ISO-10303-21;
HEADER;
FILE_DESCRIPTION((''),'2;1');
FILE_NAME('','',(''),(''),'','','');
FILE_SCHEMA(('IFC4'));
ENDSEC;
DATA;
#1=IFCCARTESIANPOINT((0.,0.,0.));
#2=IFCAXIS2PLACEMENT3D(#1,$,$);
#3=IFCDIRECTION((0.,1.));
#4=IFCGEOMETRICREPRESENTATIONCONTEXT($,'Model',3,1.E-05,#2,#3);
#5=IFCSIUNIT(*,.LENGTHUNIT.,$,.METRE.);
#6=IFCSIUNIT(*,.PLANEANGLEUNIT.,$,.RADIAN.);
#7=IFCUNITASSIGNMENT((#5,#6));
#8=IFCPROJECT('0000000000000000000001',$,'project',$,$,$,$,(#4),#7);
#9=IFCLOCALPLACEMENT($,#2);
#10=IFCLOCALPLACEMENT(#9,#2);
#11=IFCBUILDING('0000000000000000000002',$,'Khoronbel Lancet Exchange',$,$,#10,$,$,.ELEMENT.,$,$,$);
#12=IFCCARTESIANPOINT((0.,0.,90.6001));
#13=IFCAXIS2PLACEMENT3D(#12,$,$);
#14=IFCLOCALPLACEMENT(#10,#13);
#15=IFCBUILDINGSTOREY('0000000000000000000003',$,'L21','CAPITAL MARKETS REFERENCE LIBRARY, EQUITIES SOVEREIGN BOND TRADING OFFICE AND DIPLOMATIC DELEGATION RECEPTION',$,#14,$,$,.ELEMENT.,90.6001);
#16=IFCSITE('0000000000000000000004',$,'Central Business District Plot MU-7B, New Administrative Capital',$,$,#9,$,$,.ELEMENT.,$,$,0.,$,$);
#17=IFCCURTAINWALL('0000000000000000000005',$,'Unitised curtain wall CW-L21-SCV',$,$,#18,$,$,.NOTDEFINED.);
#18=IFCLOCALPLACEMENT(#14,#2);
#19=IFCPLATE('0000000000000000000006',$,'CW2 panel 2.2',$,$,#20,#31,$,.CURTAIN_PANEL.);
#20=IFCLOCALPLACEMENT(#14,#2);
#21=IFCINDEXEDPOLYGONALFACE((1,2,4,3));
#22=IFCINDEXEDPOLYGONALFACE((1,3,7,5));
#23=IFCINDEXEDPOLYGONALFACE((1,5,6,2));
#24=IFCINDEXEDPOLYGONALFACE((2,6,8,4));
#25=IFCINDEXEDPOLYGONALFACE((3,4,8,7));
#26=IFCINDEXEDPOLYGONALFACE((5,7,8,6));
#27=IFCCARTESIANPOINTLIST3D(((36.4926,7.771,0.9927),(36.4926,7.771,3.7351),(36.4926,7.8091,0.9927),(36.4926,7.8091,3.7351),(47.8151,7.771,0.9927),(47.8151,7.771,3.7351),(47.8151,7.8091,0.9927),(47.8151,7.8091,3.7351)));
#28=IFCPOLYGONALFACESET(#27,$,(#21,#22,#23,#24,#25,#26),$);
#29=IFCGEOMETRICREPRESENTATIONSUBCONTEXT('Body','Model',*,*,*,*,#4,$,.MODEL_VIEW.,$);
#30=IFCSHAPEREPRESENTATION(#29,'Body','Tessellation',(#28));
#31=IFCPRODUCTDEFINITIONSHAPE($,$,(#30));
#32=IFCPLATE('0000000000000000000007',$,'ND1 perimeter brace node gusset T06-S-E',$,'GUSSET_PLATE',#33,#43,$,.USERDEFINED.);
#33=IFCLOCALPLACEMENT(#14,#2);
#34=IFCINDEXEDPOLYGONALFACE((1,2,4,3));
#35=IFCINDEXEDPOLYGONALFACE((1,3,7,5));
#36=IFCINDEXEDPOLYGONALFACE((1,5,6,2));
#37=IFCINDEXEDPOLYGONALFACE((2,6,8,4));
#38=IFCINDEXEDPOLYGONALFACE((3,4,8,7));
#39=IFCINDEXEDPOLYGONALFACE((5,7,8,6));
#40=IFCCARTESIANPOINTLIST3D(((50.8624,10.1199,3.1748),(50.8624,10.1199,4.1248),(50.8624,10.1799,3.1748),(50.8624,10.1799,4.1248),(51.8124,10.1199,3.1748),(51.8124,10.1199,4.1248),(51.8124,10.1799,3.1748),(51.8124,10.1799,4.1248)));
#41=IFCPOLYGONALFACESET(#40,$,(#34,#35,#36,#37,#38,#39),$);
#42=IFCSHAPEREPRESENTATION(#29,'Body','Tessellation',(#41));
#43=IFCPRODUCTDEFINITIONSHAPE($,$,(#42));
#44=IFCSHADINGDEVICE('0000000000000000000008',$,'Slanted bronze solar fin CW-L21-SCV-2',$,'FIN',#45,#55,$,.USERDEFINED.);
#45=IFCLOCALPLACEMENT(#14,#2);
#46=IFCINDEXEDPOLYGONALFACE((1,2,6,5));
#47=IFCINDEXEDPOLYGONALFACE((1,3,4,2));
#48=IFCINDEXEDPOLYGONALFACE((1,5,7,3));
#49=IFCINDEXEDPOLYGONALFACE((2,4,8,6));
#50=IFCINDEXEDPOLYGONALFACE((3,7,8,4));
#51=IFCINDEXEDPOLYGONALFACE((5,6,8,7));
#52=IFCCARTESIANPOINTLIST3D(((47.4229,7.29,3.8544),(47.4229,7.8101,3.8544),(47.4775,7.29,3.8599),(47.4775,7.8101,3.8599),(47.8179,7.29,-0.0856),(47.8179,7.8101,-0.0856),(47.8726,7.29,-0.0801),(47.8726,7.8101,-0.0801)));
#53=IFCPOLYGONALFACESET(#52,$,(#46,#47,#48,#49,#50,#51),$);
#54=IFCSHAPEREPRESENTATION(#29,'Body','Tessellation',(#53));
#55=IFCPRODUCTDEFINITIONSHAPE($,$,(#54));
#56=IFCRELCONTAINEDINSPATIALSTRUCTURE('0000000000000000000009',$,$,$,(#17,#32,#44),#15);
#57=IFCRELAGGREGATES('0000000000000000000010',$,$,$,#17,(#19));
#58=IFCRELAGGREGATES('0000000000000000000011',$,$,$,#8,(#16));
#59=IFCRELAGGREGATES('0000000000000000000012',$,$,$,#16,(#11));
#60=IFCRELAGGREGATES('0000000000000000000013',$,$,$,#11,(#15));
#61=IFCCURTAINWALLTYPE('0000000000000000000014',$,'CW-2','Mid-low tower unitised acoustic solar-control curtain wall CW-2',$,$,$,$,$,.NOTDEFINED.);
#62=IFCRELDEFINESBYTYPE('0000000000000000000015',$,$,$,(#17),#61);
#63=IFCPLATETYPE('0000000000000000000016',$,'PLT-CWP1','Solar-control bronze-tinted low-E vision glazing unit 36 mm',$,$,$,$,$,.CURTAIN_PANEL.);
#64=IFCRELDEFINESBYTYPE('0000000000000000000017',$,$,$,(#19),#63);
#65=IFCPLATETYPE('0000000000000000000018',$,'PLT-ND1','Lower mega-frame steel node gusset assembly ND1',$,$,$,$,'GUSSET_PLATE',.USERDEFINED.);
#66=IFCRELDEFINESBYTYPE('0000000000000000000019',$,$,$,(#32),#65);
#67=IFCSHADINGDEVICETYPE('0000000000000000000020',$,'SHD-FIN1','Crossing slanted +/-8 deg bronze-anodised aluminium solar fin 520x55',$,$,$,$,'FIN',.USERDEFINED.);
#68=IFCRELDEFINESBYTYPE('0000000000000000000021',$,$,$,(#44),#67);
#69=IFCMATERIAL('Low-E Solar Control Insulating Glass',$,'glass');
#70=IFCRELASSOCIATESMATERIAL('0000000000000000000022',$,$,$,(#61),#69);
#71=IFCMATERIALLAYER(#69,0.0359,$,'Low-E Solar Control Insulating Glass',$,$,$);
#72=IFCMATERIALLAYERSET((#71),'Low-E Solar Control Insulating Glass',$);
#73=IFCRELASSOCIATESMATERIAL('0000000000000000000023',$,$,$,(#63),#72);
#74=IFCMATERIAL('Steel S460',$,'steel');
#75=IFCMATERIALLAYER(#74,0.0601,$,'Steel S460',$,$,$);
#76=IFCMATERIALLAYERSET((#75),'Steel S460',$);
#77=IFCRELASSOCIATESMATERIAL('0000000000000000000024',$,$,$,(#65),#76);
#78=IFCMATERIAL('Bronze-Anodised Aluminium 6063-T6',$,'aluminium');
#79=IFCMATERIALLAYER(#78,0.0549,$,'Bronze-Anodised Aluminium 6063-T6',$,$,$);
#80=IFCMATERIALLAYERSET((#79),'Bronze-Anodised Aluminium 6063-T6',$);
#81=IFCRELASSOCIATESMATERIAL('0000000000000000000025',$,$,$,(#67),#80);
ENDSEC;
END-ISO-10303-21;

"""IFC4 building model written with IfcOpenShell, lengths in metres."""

from ifc_helpers import new_model, si_unit, direction, frame, origin, origin_2d, place, context, subcontext, project, spatial, polyline, rectangle, outline, extrude, material, layer, layer_set, type_object, element, aggregate, save


model = new_model("IFC4")

# Units and contexts
model_context = context("Model", 3, precision=1e-05, world=origin(), true_north=direction((0.0, 1.0)))
body_context = subcontext(model_context, "Body", "Model", "MODEL_VIEW")
ifc_project = project(units=[si_unit("LENGTHUNIT", "METRE"), si_unit("PLANEANGLEUNIT", "RADIAN")], contexts=[model_context])

# Site, building, storey
site_placement = place(None, origin())
site = spatial("IfcSite", under=ifc_project, at=site_placement, Name="Central Business District Plot MU-7B, New Administrative Capital", CompositionType="ELEMENT", RefElevation=0.0)
building_placement = place(site_placement, origin())
building = spatial("IfcBuilding", under=site, at=building_placement, Name="Khoronbel Lancet Exchange", CompositionType="ELEMENT")
storey_placement = place(building_placement, frame((0.0, 0.0, 90.6001)))
storey = spatial("IfcBuildingStorey", under=building, at=storey_placement, Name="L21", Description="CAPITAL MARKETS REFERENCE LIBRARY, EQUITIES SOVEREIGN BOND TRADING OFFICE AND DIPLOMATIC DELEGATION RECEPTION", CompositionType="ELEMENT", Elevation=90.6001)

# Shared definitions
ifc_material_1 = material(Name="Steel S460", Category="steel")

# Curtain wall
ifc_material_2 = material(Name="Low-E Solar Control Insulating Glass", Category="glass")
curtain_wall_type = type_object("IfcCurtainWallType", Name="CW-2", Description="Mid-low tower unitised acoustic solar-control curtain wall CW-2", PredefinedType="NOTDEFINED", material=ifc_material_2)
curtain_wall_1_placement = place(storey_placement, origin())
curtain_wall_1 = element("IfcCurtainWall", 1, at=curtain_wall_1_placement, inside=storey, type_object=curtain_wall_type, Name="Unitised curtain wall CW-L21-SCV", PredefinedType="NOTDEFINED")
ifc_material_3 = material(Name="Bronze-Anodised Aluminium 6063-T6", Category="aluminium")

# Plates
ifc_layer_1 = layer(ifc_material_2, 0.0359, Name="Low-E Solar Control Insulating Glass")
ifc_layer_set_1 = layer_set([ifc_layer_1], Name="Low-E Solar Control Insulating Glass")
plate_type_1 = type_object("IfcPlateType", Name="PLT-CWP1", Description="Solar-control bronze-tinted low-E vision glazing unit 36 mm", PredefinedType="CURTAIN_PANEL", material=ifc_layer_set_1)
plate_1_placement = place(storey_placement, frame((42.1538, 7.79, 0.9927), z_axis=(0.0, 0.0, 1.0), x_axis=(1.0, 0.0, 0.0)))
plate_1 = element("IfcPlate", 2, at=plate_1_placement, type_object=plate_type_1, Name="CW2 panel 2.2", PredefinedType="CURTAIN_PANEL", context=body_context, shape_type="SweptSolid", body=[
    extrude(rectangle(XDim=11.3225, YDim=0.0381, at=origin_2d()), origin(), (0.0, 0.0, 1.0), 2.7424),
])
aggregate(curtain_wall_1, [plate_1])
ifc_layer_2 = layer(ifc_material_1, 0.0601, Name="Steel S460")
ifc_layer_set_2 = layer_set([ifc_layer_2], Name="Steel S460")
plate_type_2 = type_object("IfcPlateType", Name="PLT-ND1", Description="Lower mega-frame steel node gusset assembly ND1", ElementType="GUSSET_PLATE", PredefinedType="USERDEFINED", material=ifc_layer_set_2)
plate_2_placement = place(storey_placement, frame((51.3374, 10.1499, 3.1748), z_axis=(0.0, 0.0, 1.0), x_axis=(1.0, 0.0, 0.0)))
element("IfcPlate", 3, at=plate_2_placement, inside=storey, type_object=plate_type_2, Name="ND1 perimeter brace node gusset T06-S-E", ObjectType="GUSSET_PLATE", PredefinedType="USERDEFINED", context=body_context, shape_type="SweptSolid", body=[
    extrude(rectangle(XDim=0.95, YDim=0.0601, at=origin_2d()), origin(), (0.0, 0.0, 1.0), 0.95),
])

# Shading device
ifc_layer_3 = layer(ifc_material_3, 0.0549, Name="Bronze-Anodised Aluminium 6063-T6")
ifc_layer_set_3 = layer_set([ifc_layer_3], Name="Bronze-Anodised Aluminium 6063-T6")
shading_device_type = type_object("IfcShadingDeviceType", Name="SHD-FIN1", Description="Crossing slanted +/-8 deg bronze-anodised aluminium solar fin 520x55", ElementType="FIN", PredefinedType="USERDEFINED", material=ifc_layer_set_3)
shading_device_placement = place(storey_placement, frame((47.8726, 7.8101, -0.0801), z_axis=(0.995012, 0.0, 0.09976), x_axis=(0.0, -1.0, 0.0)))
element("IfcShadingDevice", 4, at=shading_device_placement, inside=storey, type_object=shading_device_type, Name="Slanted bronze solar fin CW-L21-SCV-2", ObjectType="FIN", PredefinedType="USERDEFINED", context=body_context, shape_type="SweptSolid", body=[
    extrude(outline(polyline([(0.0, 0.0), (0.52, 0.0), (0.52, -3.9597), (0.0, -3.9597), (0.0, 0.0)])), origin(), (0.0, 0.0, -1.0), 0.0549),
])

save(model, "model.ifc")
